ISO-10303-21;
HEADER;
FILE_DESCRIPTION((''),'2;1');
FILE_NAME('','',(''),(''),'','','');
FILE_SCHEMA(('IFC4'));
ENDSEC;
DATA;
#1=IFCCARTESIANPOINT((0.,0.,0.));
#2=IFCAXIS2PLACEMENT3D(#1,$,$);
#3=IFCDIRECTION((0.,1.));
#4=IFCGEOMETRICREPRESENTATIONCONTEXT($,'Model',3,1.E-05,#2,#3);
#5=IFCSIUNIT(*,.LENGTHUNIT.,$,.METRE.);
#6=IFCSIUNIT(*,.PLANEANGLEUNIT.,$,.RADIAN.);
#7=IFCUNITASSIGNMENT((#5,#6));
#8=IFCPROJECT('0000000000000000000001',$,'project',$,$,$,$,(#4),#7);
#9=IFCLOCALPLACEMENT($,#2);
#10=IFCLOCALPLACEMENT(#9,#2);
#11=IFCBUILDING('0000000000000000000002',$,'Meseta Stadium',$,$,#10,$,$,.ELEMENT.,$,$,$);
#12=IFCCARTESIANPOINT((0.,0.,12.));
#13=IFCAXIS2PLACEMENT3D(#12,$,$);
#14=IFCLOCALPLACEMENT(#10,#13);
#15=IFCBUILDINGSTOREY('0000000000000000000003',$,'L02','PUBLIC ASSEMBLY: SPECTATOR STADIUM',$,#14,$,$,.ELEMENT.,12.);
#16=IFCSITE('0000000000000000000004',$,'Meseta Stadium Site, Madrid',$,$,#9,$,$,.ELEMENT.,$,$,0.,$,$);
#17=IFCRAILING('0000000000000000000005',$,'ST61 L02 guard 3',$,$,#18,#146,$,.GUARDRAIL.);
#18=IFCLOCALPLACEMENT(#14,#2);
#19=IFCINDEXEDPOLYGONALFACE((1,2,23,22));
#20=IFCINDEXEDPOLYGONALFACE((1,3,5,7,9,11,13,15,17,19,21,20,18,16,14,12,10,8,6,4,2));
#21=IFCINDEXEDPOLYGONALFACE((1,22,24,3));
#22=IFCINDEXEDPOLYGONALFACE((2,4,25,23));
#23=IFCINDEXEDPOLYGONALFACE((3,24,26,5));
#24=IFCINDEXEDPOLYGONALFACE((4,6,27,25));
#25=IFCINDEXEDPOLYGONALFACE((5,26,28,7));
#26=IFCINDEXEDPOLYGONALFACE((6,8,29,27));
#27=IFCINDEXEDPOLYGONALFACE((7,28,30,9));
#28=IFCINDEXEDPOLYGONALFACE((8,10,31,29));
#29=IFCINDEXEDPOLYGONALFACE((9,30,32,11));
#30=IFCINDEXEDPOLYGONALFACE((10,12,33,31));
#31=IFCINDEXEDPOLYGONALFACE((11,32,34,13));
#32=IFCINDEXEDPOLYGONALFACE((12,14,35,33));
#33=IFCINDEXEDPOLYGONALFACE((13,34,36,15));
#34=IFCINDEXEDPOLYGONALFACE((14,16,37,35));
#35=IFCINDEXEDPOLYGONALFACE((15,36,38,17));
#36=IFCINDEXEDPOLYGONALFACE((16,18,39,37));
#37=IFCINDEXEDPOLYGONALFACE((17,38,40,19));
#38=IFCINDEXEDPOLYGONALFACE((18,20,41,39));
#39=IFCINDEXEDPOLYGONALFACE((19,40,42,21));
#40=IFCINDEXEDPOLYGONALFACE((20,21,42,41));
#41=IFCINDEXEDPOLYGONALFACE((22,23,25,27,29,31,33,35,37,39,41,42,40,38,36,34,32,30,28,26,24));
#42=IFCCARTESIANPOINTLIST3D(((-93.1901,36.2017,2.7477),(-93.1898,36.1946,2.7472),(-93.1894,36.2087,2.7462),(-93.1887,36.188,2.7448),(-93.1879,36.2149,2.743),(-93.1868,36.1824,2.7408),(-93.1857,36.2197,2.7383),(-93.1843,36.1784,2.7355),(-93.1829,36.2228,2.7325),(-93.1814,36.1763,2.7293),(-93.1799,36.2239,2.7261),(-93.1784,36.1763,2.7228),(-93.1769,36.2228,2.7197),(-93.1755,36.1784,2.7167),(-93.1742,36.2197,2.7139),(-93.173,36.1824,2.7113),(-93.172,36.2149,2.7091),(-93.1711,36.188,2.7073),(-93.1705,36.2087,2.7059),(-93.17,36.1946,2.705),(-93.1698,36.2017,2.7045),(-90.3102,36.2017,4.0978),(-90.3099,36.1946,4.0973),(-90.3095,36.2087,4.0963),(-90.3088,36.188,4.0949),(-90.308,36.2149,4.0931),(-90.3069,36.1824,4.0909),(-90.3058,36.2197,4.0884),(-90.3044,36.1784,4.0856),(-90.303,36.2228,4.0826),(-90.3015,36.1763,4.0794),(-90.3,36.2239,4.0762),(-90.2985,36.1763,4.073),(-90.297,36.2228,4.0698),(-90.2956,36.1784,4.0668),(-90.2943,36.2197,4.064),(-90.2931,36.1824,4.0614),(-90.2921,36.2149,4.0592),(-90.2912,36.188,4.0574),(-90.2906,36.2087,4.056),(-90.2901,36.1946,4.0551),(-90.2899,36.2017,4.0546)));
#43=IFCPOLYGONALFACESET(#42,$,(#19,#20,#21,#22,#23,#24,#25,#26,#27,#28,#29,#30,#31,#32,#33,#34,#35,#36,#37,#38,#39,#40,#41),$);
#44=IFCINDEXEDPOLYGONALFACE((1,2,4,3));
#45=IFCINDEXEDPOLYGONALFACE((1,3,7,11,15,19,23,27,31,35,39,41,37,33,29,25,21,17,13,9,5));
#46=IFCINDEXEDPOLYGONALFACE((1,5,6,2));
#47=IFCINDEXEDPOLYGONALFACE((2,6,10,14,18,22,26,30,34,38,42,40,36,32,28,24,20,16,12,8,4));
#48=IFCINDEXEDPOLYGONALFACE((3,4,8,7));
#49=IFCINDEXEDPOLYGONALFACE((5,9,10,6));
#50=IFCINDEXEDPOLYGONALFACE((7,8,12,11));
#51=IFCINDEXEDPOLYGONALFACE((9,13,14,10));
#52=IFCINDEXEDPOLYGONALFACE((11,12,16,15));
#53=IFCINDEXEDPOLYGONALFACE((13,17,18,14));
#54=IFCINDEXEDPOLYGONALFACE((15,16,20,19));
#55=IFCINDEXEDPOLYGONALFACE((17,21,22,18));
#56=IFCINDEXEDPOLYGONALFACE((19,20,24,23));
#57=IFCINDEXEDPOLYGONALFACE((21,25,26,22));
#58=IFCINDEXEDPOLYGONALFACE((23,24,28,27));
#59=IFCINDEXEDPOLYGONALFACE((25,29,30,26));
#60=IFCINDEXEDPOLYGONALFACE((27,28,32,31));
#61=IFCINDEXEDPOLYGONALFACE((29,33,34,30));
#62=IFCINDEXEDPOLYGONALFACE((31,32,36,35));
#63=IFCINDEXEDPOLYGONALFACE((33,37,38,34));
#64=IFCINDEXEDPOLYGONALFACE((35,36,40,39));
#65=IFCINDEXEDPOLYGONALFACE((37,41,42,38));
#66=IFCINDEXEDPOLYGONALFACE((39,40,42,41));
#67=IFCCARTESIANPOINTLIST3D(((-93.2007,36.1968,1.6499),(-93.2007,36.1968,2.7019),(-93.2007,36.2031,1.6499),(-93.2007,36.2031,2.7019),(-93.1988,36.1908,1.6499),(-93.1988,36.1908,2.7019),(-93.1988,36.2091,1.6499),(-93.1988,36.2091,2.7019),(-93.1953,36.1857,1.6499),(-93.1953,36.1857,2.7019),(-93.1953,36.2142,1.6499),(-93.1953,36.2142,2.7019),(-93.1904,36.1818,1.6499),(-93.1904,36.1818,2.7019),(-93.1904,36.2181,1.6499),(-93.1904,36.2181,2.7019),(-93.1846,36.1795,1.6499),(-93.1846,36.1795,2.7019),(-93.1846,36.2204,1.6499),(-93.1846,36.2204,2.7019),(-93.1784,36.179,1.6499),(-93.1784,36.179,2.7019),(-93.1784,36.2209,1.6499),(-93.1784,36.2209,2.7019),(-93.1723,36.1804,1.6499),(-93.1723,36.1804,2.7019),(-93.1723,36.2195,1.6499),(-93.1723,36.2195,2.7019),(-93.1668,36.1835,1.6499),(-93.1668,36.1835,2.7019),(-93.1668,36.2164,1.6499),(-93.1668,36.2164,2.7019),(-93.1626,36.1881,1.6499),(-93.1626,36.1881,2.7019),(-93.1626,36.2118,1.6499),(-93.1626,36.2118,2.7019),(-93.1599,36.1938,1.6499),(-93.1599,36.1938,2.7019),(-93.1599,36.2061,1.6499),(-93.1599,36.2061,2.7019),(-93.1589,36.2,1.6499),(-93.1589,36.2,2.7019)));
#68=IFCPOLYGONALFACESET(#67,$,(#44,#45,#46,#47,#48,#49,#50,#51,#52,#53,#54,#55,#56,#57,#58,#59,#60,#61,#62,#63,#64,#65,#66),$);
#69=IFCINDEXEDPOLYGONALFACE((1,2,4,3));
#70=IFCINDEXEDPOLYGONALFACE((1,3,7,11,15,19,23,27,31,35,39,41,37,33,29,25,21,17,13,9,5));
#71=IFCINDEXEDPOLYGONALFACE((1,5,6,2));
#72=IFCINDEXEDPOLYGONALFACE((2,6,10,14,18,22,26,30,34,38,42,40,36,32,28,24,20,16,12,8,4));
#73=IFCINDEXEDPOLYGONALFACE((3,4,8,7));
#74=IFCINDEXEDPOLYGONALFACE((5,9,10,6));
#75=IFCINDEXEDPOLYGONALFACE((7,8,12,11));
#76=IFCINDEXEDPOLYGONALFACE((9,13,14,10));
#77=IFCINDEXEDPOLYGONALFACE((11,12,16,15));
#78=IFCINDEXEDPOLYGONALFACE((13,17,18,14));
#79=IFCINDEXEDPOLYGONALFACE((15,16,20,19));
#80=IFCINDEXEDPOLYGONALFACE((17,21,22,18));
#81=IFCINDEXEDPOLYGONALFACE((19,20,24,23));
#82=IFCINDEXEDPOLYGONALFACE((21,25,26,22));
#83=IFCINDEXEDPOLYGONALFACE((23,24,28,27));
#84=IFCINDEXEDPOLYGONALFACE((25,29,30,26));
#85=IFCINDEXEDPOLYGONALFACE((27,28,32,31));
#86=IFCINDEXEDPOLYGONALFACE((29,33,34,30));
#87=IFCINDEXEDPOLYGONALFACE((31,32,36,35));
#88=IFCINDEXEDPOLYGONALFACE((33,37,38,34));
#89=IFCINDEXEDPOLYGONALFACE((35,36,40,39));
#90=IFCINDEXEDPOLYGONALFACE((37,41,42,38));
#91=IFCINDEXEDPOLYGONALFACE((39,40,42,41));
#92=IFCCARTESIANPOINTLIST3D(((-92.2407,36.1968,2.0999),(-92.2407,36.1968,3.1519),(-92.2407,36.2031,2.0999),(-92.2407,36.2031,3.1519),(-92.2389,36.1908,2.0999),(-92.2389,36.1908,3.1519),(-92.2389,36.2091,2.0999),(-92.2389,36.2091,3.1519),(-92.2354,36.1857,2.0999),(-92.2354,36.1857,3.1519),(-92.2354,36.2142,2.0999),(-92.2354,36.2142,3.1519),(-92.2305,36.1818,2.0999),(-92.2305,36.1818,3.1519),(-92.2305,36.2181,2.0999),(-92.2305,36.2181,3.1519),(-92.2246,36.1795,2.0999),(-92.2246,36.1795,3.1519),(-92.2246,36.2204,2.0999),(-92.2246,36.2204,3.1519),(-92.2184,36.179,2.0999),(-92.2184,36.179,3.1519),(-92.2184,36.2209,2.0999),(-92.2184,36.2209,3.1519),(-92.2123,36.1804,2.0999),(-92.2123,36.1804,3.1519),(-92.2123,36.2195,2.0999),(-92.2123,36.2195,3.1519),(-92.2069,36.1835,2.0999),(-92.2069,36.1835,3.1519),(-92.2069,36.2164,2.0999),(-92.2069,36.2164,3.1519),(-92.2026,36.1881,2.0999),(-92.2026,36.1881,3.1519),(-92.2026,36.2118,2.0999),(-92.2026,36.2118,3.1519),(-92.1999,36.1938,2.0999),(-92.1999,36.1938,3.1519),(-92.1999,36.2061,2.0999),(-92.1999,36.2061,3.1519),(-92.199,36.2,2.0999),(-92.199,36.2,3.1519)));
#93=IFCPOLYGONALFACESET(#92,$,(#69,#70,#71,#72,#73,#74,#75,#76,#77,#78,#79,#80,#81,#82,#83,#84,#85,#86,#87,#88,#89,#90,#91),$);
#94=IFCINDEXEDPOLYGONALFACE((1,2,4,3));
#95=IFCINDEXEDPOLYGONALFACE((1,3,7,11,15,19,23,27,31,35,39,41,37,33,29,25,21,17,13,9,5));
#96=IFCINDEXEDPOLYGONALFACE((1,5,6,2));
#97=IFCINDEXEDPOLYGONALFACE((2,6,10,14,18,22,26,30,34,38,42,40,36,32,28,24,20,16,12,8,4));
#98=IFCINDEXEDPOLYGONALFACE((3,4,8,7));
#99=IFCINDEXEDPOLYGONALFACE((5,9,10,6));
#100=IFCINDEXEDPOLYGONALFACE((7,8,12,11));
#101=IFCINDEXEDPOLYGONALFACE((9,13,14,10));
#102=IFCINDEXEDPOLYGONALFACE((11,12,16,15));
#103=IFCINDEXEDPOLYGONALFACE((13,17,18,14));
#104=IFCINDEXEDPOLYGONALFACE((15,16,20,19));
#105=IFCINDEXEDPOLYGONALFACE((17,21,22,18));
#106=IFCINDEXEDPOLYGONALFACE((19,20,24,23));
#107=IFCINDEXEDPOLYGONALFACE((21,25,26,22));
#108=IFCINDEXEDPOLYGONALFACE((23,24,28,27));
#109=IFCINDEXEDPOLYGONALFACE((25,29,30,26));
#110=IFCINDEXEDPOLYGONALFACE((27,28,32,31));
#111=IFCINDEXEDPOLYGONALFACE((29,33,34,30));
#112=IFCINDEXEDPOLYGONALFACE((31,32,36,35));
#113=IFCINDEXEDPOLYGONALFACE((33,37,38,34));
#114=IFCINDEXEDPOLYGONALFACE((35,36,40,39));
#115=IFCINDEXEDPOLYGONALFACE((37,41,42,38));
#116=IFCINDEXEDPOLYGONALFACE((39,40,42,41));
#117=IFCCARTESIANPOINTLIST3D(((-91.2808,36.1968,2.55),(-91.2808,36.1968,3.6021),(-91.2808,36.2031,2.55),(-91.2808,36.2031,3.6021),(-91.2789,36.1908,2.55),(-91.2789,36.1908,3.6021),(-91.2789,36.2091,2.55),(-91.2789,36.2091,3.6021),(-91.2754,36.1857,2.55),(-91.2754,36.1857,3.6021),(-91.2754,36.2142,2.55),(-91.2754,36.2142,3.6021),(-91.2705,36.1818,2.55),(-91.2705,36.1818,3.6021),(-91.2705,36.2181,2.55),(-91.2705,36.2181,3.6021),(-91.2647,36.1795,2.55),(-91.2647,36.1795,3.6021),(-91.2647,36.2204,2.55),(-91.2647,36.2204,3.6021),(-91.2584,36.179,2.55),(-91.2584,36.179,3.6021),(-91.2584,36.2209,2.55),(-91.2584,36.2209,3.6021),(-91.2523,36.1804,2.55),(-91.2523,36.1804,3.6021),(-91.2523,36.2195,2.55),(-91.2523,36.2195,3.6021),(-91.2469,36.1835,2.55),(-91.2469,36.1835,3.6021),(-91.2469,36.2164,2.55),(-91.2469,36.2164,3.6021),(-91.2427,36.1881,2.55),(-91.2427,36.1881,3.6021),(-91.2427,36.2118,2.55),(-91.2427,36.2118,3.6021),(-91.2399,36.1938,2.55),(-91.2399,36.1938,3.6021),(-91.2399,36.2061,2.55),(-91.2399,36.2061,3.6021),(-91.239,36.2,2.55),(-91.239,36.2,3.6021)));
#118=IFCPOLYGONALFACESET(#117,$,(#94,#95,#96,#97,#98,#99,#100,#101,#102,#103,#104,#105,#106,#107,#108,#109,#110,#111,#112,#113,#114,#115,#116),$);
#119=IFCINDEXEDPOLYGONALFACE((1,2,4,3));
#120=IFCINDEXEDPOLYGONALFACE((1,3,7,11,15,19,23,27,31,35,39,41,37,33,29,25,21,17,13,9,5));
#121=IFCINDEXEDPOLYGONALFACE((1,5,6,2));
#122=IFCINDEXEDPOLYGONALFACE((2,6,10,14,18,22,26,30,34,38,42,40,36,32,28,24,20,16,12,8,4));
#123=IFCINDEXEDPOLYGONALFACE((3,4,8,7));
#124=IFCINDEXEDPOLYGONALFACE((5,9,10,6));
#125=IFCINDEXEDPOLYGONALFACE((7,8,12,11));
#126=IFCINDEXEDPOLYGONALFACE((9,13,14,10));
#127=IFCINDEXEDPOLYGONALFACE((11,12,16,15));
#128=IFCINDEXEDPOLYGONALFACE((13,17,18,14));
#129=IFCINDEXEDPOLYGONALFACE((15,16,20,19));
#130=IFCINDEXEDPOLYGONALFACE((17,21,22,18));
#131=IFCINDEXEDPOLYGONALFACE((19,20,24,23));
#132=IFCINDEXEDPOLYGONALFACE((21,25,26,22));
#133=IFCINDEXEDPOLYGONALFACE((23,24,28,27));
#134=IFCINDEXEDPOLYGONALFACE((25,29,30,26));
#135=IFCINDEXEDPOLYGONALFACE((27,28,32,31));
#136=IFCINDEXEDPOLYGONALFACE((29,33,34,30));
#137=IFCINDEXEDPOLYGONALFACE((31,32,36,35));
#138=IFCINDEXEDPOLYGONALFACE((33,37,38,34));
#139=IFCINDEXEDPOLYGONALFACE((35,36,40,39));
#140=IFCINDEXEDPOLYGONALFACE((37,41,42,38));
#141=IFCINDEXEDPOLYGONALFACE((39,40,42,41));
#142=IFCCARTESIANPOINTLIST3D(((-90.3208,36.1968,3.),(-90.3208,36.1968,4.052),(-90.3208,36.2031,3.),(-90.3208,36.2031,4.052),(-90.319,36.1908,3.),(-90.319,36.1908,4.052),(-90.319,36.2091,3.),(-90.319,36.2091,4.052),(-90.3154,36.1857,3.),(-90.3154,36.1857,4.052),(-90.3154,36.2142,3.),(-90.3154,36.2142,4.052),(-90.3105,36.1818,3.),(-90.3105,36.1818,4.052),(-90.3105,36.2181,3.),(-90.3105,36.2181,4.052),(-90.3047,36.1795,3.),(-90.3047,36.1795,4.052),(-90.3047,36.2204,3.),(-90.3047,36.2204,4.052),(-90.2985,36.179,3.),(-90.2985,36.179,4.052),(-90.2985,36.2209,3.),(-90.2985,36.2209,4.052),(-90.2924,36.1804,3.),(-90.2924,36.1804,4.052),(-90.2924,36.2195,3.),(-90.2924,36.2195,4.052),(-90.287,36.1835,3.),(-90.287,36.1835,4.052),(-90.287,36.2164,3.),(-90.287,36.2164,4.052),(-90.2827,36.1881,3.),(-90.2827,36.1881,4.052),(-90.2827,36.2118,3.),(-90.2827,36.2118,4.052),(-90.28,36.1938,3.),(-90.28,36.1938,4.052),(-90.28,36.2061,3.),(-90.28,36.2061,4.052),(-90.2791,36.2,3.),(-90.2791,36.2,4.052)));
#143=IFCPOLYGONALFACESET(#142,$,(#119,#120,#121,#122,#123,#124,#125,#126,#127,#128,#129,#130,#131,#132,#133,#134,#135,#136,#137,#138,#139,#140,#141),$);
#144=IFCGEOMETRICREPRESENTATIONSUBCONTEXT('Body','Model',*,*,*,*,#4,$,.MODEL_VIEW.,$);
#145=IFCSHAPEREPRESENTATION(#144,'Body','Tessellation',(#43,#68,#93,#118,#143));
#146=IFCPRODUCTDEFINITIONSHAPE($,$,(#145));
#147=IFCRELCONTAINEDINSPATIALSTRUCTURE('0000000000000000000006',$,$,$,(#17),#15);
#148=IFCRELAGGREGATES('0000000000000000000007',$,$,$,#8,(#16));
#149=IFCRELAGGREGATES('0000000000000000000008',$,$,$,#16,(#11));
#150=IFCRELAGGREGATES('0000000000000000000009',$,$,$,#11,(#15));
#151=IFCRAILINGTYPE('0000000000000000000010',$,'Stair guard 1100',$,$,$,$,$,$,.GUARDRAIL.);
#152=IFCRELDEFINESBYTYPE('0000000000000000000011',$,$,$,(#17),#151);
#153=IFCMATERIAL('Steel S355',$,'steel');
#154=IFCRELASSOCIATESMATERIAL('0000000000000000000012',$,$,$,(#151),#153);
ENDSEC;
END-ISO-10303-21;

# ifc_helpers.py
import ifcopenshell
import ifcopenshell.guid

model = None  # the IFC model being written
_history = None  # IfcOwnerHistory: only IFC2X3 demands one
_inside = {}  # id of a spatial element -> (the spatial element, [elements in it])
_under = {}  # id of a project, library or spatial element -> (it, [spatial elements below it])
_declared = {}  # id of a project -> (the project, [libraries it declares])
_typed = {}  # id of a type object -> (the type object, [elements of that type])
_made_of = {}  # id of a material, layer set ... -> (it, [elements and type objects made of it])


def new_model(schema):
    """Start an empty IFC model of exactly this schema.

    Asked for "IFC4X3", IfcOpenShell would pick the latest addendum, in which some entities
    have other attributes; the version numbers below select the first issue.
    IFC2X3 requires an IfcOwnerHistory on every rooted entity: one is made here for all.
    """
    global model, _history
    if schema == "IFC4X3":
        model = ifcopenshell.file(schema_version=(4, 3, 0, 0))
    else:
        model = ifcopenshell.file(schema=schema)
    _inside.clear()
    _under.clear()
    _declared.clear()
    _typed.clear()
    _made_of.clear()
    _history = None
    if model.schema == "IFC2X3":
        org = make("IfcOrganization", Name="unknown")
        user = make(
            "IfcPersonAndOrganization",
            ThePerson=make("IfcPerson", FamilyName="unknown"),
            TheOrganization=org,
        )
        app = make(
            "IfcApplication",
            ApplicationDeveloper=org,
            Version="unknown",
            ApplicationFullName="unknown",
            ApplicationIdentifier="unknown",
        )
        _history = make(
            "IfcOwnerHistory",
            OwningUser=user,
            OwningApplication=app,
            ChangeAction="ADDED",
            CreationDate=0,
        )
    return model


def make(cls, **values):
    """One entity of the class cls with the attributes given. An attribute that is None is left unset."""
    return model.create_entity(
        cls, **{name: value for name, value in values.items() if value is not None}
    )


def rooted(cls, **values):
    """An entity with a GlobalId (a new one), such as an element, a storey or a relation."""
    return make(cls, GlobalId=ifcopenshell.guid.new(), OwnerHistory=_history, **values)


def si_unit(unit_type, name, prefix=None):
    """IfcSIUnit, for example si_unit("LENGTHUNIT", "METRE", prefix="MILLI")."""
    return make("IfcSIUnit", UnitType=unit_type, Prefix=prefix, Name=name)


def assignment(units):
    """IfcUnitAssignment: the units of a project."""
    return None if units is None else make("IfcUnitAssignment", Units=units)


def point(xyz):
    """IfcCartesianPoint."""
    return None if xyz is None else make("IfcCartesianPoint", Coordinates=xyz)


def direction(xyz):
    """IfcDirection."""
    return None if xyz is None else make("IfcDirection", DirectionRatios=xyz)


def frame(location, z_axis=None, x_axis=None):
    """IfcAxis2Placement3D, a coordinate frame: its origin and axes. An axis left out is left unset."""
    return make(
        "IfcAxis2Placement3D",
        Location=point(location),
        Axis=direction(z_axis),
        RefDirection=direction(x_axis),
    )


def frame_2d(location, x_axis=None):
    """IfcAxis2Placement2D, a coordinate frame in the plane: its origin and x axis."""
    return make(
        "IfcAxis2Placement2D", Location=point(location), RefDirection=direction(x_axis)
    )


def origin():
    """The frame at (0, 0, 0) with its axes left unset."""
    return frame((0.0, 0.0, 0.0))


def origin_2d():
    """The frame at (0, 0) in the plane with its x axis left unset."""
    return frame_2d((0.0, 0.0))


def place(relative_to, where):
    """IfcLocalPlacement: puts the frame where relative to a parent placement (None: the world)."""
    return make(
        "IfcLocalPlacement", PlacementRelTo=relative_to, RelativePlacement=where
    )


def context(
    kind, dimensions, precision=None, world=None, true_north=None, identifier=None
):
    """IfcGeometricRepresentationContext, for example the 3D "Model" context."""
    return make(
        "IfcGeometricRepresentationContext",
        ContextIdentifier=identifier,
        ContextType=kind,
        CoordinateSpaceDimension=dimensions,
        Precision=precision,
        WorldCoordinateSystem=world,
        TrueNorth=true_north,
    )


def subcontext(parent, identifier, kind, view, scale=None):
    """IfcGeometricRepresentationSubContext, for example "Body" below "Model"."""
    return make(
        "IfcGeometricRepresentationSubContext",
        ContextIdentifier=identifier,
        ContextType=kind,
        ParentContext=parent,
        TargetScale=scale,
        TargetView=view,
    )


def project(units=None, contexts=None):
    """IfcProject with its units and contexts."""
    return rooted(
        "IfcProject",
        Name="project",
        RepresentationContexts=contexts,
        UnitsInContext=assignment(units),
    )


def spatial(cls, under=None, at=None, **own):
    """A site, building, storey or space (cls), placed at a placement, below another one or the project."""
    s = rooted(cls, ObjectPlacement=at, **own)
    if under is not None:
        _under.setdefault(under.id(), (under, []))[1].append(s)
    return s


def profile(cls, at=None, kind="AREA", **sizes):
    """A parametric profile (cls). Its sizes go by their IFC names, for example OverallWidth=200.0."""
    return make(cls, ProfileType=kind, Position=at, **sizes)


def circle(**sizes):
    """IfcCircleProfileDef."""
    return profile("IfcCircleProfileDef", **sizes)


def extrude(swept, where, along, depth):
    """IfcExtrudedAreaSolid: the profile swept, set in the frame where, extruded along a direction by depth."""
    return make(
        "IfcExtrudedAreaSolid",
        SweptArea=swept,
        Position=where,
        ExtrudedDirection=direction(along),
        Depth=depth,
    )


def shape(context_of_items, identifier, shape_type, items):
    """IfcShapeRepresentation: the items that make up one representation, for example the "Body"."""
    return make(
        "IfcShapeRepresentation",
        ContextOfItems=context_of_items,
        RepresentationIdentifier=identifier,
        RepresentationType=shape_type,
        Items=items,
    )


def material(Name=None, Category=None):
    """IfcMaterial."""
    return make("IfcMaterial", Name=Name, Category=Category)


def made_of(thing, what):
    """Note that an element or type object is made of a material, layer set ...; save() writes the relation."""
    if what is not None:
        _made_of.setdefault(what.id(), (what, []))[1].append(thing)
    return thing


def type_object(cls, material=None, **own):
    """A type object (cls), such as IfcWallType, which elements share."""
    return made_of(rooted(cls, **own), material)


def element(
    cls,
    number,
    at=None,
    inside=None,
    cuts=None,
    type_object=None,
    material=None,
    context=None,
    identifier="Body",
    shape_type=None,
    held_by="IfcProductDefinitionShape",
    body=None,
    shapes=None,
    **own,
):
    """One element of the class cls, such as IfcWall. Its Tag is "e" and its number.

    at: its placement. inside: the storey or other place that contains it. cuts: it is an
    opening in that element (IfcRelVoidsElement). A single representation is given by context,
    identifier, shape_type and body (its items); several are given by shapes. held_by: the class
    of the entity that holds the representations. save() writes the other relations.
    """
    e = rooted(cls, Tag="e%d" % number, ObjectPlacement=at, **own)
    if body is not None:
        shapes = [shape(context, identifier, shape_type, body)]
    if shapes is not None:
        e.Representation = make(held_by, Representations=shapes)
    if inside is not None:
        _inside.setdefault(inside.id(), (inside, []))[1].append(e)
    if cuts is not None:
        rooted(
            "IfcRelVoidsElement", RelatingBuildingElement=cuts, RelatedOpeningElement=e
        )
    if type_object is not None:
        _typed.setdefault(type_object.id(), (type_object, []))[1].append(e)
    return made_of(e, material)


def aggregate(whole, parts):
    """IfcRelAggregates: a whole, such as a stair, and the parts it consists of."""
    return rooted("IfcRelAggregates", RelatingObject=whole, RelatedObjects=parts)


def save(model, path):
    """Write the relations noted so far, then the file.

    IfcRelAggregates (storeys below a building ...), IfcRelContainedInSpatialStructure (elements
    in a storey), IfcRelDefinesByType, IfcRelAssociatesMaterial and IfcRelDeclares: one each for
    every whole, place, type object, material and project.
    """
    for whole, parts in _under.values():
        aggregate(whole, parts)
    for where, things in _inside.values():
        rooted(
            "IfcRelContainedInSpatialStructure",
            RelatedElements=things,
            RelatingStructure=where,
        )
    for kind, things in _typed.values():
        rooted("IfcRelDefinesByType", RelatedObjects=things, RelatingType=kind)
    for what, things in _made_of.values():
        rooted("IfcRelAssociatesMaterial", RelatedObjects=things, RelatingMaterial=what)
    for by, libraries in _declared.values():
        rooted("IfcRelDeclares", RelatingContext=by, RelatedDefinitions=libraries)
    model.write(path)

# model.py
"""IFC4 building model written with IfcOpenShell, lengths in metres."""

from ifc_helpers import new_model, si_unit, direction, frame, origin, origin_2d, place, context, subcontext, project, spatial, circle, extrude, material, type_object, element, save


model = new_model("IFC4")

# Units and contexts
model_context = context("Model", 3, precision=1e-05, world=origin(), true_north=direction((0.0, 1.0)))
body_context = subcontext(model_context, "Body", "Model", "MODEL_VIEW")
ifc_project = project(units=[si_unit("LENGTHUNIT", "METRE"), si_unit("PLANEANGLEUNIT", "RADIAN")], contexts=[model_context])

# Site, building, storey
site_placement = place(None, origin())
site = spatial("IfcSite", under=ifc_project, at=site_placement, Name="Meseta Stadium Site, Madrid", CompositionType="ELEMENT", RefElevation=0.0)
building_placement = place(site_placement, origin())
building = spatial("IfcBuilding", under=site, at=building_placement, Name="Meseta Stadium", CompositionType="ELEMENT")
storey_placement = place(building_placement, frame((0.0, 0.0, 12.0)))
storey = spatial("IfcBuildingStorey", under=building, at=storey_placement, Name="L02", Description="PUBLIC ASSEMBLY: SPECTATOR STADIUM", CompositionType="ELEMENT", Elevation=12.0)

# Railing
ifc_material_1 = material(Name="Steel S355", Category="steel")
railing_type_1 = type_object("IfcRailingType", Name="Stair guard 1100", PredefinedType="GUARDRAIL", material=ifc_material_1)
railing_1_placement = place(storey_placement, frame((-93.1799, 36.2, 1.6499)))
element("IfcRailing", 1, at=railing_1_placement, inside=storey, type_object=railing_type_1, Name="ST61 L02 guard 3", PredefinedType="GUARDRAIL", context=body_context, shape_type="SweptSolid", body=[
    extrude(circle(Radius=0.0239, at=origin_2d()), frame((0.0, 0.0, 1.0762), z_axis=(0.90544, 0.0, 0.424473), x_axis=(0.0, 1.0, 0.0)), (0.0, 0.0, 1.0), 3.1807),
    extrude(circle(Radius=0.021, at=origin_2d()), origin(), (0.0, 0.0, 1.0), 1.052),
    extrude(circle(Radius=0.021, at=origin_2d()), frame((0.96, 0.0, 0.45)), (0.0, 0.0, 1.0), 1.052),
    extrude(circle(Radius=0.021, at=origin_2d()), frame((1.9199, 0.0, 0.9001)), (0.0, 0.0, 1.0), 1.052),
    extrude(circle(Radius=0.021, at=origin_2d()), frame((2.8799, 0.0, 1.3501)), (0.0, 0.0, 1.0), 1.052),
])

save(model, "model.ifc")
